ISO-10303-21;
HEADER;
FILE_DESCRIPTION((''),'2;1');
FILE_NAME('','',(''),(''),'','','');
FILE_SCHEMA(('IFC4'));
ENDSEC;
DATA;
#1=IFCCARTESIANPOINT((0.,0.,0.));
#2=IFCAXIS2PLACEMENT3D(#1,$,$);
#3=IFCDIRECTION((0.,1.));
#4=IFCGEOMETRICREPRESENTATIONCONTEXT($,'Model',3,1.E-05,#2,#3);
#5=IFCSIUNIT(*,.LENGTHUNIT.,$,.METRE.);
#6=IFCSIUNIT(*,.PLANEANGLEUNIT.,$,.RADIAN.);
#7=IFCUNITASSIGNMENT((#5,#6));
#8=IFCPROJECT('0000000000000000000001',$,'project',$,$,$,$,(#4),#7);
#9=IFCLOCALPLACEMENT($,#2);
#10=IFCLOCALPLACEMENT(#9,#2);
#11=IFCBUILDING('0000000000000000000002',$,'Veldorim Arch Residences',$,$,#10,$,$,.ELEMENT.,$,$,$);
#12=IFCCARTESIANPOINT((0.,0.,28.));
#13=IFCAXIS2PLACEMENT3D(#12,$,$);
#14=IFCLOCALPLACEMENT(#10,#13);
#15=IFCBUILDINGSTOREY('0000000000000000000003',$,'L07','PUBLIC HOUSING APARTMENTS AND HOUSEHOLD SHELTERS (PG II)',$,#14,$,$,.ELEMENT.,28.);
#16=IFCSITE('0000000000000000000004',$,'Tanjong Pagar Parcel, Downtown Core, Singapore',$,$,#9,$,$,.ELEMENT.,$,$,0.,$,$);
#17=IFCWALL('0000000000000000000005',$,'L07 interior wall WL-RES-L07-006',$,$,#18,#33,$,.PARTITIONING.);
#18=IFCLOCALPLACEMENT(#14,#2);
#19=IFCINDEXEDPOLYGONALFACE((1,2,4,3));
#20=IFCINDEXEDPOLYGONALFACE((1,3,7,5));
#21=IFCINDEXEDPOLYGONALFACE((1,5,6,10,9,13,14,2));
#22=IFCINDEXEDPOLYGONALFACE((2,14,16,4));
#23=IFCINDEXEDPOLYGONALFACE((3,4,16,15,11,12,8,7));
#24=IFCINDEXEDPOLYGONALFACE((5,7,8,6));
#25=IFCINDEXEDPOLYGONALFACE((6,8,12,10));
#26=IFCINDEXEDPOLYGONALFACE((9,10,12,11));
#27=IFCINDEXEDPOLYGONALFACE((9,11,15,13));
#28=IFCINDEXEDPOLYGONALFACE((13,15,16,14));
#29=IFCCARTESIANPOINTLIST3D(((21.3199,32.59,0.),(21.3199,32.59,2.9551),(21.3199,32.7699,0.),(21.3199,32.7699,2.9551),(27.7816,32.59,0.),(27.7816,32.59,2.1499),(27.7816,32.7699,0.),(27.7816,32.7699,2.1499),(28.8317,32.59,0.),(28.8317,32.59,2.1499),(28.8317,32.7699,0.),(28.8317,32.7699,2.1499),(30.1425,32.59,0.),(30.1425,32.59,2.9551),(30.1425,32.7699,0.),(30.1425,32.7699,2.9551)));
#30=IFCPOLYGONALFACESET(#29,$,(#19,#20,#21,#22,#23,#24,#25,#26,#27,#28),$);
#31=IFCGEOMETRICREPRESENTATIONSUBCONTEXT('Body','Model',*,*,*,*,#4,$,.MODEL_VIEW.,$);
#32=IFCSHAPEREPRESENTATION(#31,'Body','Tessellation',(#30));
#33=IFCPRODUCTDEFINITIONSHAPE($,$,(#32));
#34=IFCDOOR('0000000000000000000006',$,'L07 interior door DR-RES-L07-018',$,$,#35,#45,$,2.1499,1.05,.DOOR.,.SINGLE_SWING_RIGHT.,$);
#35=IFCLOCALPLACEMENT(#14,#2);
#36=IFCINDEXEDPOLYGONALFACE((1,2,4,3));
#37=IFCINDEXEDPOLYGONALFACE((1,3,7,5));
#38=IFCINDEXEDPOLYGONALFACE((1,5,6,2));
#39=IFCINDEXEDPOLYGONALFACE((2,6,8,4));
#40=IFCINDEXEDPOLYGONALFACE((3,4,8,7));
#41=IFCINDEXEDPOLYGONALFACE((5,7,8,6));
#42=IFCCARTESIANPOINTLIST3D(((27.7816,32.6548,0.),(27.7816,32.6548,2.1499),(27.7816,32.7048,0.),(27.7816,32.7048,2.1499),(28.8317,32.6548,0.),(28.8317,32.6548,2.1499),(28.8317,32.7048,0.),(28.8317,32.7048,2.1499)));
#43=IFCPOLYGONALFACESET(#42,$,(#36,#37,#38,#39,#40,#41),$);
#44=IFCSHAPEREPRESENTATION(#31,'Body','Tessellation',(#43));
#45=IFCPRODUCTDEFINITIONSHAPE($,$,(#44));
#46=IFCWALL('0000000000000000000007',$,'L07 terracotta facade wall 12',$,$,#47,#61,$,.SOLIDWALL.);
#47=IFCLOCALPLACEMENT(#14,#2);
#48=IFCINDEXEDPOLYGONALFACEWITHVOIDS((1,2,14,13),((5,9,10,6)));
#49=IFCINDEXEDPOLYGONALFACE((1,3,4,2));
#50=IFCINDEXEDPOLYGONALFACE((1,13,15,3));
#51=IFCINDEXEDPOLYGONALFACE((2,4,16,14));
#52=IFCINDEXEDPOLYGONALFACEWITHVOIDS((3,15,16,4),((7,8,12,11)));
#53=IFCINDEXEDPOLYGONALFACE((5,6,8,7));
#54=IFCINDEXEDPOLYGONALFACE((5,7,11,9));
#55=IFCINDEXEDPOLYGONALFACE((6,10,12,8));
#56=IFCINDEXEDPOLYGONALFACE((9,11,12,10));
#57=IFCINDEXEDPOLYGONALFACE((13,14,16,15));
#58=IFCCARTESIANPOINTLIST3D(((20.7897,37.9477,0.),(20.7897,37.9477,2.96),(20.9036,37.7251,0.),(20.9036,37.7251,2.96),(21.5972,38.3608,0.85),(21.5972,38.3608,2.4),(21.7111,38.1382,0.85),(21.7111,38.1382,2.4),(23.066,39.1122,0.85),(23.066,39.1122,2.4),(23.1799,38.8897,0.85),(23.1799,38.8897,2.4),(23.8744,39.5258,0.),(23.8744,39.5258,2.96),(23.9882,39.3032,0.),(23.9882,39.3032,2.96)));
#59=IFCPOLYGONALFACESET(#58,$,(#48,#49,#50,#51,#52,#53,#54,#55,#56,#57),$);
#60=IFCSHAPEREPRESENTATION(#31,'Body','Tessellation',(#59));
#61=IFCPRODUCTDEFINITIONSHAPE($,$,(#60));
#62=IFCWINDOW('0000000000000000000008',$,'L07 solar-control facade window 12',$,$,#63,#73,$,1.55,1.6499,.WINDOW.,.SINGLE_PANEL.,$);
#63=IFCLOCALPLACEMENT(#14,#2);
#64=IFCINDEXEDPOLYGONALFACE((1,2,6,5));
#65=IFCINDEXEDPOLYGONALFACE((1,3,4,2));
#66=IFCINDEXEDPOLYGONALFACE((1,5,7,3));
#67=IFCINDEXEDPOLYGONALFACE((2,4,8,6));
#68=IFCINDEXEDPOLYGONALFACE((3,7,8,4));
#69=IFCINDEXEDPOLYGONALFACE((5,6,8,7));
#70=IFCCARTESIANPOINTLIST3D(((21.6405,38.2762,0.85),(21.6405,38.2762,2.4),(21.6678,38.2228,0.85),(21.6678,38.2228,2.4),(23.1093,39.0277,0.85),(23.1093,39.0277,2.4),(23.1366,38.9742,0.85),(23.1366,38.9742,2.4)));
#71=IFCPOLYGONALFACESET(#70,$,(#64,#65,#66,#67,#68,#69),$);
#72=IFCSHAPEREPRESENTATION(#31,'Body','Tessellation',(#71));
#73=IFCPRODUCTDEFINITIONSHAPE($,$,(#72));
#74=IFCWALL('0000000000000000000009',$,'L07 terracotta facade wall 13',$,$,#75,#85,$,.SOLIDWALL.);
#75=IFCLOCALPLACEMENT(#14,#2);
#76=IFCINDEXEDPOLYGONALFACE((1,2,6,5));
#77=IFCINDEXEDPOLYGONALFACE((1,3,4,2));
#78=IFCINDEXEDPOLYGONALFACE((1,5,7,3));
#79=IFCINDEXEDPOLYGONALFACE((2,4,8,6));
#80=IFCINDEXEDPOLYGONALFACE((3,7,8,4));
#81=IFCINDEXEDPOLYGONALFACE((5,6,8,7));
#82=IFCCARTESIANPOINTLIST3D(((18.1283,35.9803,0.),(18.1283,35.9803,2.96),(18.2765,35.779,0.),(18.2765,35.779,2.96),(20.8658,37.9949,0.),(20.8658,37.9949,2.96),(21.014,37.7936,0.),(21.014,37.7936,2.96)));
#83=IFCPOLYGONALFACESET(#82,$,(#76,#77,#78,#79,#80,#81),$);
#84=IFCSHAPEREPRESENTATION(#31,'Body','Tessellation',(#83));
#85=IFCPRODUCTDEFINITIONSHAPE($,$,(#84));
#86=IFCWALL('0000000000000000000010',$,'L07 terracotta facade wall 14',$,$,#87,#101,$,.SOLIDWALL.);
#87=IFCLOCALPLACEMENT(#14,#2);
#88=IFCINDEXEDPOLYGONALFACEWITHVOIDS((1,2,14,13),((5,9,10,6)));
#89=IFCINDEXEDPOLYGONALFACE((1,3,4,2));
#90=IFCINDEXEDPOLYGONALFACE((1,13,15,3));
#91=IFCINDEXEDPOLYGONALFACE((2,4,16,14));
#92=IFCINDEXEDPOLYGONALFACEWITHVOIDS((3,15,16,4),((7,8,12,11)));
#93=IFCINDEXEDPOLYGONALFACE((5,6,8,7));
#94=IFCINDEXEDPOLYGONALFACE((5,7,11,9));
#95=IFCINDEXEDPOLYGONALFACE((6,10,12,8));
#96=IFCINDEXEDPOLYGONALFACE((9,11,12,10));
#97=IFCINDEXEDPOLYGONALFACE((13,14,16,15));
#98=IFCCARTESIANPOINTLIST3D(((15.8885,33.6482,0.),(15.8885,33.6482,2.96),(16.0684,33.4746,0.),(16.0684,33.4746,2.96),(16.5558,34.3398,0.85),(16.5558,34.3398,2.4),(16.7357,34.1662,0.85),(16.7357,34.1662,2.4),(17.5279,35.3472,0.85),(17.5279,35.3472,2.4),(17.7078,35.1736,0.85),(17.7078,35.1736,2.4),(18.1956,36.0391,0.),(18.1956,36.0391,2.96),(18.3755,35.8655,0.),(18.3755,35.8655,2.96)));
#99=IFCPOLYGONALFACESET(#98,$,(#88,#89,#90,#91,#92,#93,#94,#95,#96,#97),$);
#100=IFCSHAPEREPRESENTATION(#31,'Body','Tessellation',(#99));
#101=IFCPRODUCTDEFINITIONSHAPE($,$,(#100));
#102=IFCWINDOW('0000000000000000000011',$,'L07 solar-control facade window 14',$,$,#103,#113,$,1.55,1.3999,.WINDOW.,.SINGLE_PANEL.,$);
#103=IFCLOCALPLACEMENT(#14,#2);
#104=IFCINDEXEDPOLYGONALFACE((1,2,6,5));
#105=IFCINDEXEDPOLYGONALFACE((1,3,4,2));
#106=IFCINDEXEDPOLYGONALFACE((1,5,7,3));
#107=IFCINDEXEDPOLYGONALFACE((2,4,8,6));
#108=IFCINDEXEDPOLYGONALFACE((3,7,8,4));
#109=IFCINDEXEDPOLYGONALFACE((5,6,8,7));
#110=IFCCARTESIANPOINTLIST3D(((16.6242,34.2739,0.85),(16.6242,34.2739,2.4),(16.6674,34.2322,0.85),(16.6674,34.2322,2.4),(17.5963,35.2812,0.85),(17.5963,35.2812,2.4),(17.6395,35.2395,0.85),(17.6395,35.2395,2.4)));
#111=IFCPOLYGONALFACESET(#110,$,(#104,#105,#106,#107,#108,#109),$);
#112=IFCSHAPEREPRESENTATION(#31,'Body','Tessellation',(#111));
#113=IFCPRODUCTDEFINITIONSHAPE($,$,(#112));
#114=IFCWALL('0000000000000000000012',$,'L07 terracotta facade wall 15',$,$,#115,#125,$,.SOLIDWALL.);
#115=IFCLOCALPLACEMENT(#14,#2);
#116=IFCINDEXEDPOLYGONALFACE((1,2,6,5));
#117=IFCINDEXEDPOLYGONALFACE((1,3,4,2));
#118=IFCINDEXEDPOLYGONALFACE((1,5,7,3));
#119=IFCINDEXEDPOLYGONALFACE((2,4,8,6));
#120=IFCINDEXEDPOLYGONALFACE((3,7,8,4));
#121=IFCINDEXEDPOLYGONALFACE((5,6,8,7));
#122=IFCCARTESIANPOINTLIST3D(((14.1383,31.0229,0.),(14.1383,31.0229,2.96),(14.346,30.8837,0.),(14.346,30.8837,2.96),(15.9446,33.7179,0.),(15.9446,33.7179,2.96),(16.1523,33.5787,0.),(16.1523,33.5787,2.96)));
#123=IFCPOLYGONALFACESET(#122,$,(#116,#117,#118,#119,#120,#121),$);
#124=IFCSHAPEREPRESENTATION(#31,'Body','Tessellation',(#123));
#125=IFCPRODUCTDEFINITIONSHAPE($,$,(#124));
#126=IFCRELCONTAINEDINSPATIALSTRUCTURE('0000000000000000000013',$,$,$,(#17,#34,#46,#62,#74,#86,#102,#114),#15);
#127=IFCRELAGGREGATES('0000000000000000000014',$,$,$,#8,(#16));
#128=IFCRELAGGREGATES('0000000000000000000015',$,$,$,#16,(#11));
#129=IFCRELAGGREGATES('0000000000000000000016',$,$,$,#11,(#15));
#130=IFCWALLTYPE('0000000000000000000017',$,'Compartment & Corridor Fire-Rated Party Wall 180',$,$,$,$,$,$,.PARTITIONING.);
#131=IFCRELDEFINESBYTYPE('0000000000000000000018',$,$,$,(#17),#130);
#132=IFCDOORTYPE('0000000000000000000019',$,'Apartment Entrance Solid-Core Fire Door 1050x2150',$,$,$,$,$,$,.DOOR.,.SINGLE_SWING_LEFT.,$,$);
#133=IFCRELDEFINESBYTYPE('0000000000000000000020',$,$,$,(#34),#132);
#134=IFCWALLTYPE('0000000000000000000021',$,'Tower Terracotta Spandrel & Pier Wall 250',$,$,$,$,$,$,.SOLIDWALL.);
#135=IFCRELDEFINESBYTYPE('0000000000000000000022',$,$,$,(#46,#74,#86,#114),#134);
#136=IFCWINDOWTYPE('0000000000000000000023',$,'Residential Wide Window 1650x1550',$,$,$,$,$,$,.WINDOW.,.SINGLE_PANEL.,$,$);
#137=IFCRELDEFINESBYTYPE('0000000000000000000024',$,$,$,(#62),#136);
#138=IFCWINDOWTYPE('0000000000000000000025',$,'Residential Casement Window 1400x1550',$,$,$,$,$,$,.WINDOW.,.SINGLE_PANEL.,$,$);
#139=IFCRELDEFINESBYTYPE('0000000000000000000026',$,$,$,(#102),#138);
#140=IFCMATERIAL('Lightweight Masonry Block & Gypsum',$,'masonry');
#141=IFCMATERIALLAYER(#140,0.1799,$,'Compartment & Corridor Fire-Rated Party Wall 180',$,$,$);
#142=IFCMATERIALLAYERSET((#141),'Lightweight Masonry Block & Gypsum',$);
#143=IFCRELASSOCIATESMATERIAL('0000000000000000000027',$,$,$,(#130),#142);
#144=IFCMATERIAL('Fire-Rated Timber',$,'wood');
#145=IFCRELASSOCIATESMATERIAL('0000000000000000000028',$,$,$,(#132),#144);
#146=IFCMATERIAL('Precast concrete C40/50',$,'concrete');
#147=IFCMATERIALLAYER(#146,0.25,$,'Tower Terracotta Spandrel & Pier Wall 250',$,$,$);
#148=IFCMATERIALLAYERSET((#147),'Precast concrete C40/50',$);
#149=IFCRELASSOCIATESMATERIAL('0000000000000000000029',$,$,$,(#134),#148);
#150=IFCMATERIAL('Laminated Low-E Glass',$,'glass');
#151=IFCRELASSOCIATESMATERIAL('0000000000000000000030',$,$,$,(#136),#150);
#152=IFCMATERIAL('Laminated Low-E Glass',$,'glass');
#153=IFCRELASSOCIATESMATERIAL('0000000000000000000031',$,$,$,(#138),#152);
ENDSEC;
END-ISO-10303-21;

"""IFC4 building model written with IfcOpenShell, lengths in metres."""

from ifc_helpers import new_model, si_unit, direction, frame, frame_2d, origin, place, context, subcontext, project, spatial, rectangle, extrude, material, layer, layer_set, type_object, element, fill, save


model = new_model("IFC4")

# Units and contexts
model_context = context("Model", 3, precision=1e-05, world=origin(), true_north=direction((0.0, 1.0)))
body_context = subcontext(model_context, "Body", "Model", "MODEL_VIEW")
ifc_project = project(units=[si_unit("LENGTHUNIT", "METRE"), si_unit("PLANEANGLEUNIT", "RADIAN")], contexts=[model_context])

# Site, building, storey
site_placement = place(None, origin())
site = spatial("IfcSite", under=ifc_project, at=site_placement, Name="Tanjong Pagar Parcel, Downtown Core, Singapore", CompositionType="ELEMENT", RefElevation=0.0)
building_placement = place(site_placement, origin())
building = spatial("IfcBuilding", under=site, at=building_placement, Name="Veldorim Arch Residences", CompositionType="ELEMENT")
storey_placement = place(building_placement, frame((0.0, 0.0, 28.0)))
storey = spatial("IfcBuildingStorey", under=building, at=storey_placement, Name="L07", Description="PUBLIC HOUSING APARTMENTS AND HOUSEHOLD SHELTERS (PG II)", CompositionType="ELEMENT", Elevation=28.0)

# Shared definitions
ifc_material_1 = material(Name="Lightweight Masonry Block & Gypsum", Category="masonry")
ifc_layer_1 = layer(ifc_material_1, 0.1799, Name="Compartment & Corridor Fire-Rated Party Wall 180")
ifc_layer_set_1 = layer_set([ifc_layer_1], Name="Lightweight Masonry Block & Gypsum")
wall_type_1 = type_object("IfcWallType", Name="Compartment & Corridor Fire-Rated Party Wall 180", PredefinedType="PARTITIONING", material=ifc_layer_set_1)

# Wall, opening, door
wall_1_placement = place(storey_placement, frame((21.3201, 32.6799, 0.0), z_axis=(0.0, 0.0, 1.0), x_axis=(1.0, 0.0, 0.0)))
wall_1 = element("IfcWall", 1, at=wall_1_placement, inside=storey, type_object=wall_type_1, Name="L07 interior wall WL-RES-L07-006", PredefinedType="PARTITIONING", context=body_context, shape_type="SweptSolid", body=[
    extrude(rectangle(XDim=8.8225, YDim=0.1799, at=frame_2d((4.4111, 0.0))), origin(), (0.0, 0.0, 1.0), 2.9551),
])
opening_1_placement = place(wall_1_placement, frame((6.4617, 0.0, 0.0)))
opening_1 = element("IfcOpeningElement", 2, at=opening_1_placement, cuts=wall_1, PredefinedType="OPENING", context=body_context, shape_type="SweptSolid", body=[
    extrude(rectangle(XDim=1.05, YDim=2.1499, at=frame_2d((0.5249, 1.075))), frame((0.0, 0.0999, 0.0), z_axis=(0.0, -1.0, 0.0), x_axis=(1.0, 0.0, 0.0)), (0.0, 0.0, 1.0), 0.2),
])
ifc_material_2 = material(Name="Fire-Rated Timber", Category="wood")
door_type = type_object("IfcDoorType", Name="Apartment Entrance Solid-Core Fire Door 1050x2150", OperationType="SINGLE_SWING_LEFT", PredefinedType="DOOR", material=ifc_material_2)
door_placement = place(opening_1_placement, origin())
door = element("IfcDoor", 3, at=door_placement, inside=storey, type_object=door_type, Name="L07 interior door DR-RES-L07-018", OperationType="SINGLE_SWING_RIGHT", OverallHeight=2.1499, OverallWidth=1.05, PredefinedType="DOOR", context=body_context, shape_type="SweptSolid", body=[
    extrude(rectangle(XDim=1.05, YDim=2.1499, at=frame_2d((0.5249, 1.075))), frame((0.0, 0.0249, 0.0), z_axis=(0.0, -1.0, 0.0), x_axis=(1.0, 0.0, 0.0)), (0.0, 0.0, 1.0), 0.05),
])
fill(opening_1, door)

# Wall, opening, window
ifc_material_3 = material(Name="Precast concrete C40/50", Category="concrete")
ifc_layer_2 = layer(ifc_material_3, 0.25, Name="Tower Terracotta Spandrel & Pier Wall 250")
ifc_layer_set_2 = layer_set([ifc_layer_2], Name="Precast concrete C40/50")
wall_type_2 = type_object("IfcWallType", Name="Tower Terracotta Spandrel & Pier Wall 250", PredefinedType="SOLIDWALL", material=ifc_layer_set_2)
wall_2_placement = place(storey_placement, frame((20.8467, 37.8364, 0.0), z_axis=(0.0, 0.0, 1.0), x_axis=(0.89026, 0.455452, 0.0)))
wall_2 = element("IfcWall", 4, at=wall_2_placement, inside=storey, type_object=wall_type_2, Name="L07 terracotta facade wall 12", PredefinedType="SOLIDWALL", context=body_context, shape_type="SweptSolid", body=[
    extrude(rectangle(XDim=3.4648, YDim=0.25, at=frame_2d((1.7324, 0.0))), origin(), (0.0, 0.0, 1.0), 2.96),
])
opening_2_placement = place(wall_2_placement, frame((0.907, 0.0, 0.8501)))
opening_2 = element("IfcOpeningElement", 5, at=opening_2_placement, cuts=wall_2, PredefinedType="OPENING", context=body_context, shape_type="SweptSolid", body=[
    extrude(rectangle(XDim=1.6499, YDim=1.55, at=frame_2d((0.825, 0.7749))), frame((0.0, 0.135, 0.0), z_axis=(0.0, -1.0, 0.0), x_axis=(1.0, 0.0, 0.0)), (0.0, 0.0, 1.0), 0.27),
])
ifc_material_4 = material(Name="Laminated Low-E Glass", Category="glass")
window_type_1 = type_object("IfcWindowType", Name="Residential Wide Window 1650x1550", PartitioningType="SINGLE_PANEL", PredefinedType="WINDOW", material=ifc_material_4)
window_1_placement = place(opening_2_placement, origin())
window_1 = element("IfcWindow", 6, at=window_1_placement, inside=storey, type_object=window_type_1, Name="L07 solar-control facade window 12", OverallHeight=1.55, OverallWidth=1.6499, PartitioningType="SINGLE_PANEL", PredefinedType="WINDOW", context=body_context, shape_type="SweptSolid", body=[
    extrude(rectangle(XDim=1.6499, YDim=1.55, at=frame_2d((0.825, 0.7749))), frame((0.0, 0.03, 0.0), z_axis=(0.0, -1.0, 0.0), x_axis=(1.0, 0.0, 0.0)), (0.0, 0.0, 1.0), 0.0601),
])
fill(opening_2, window_1)

# Wall
wall_3_placement = place(storey_placement, frame((18.2024, 35.8796, 0.0), z_axis=(0.0, 0.0, 1.0), x_axis=(0.805406, 0.592724, 0.0)))
element("IfcWall", 7, at=wall_3_placement, inside=storey, type_object=wall_type_2, Name="L07 terracotta facade wall 13", PredefinedType="SOLIDWALL", context=body_context, shape_type="SweptSolid", body=[
    extrude(rectangle(XDim=3.3989, YDim=0.25, at=frame_2d((1.6995, 0.0))), origin(), (0.0, 0.0, 1.0), 2.96),
])

# Wall, opening, window
wall_4_placement = place(storey_placement, frame((15.9785, 33.5615, 0.0), z_axis=(0.0, 0.0, 1.0), x_axis=(0.694393, 0.719596, 0.0)))
wall_4 = element("IfcWall", 8, at=wall_4_placement, inside=storey, type_object=wall_type_2, Name="L07 terracotta facade wall 14", PredefinedType="SOLIDWALL", context=body_context, shape_type="SweptSolid", body=[
    extrude(rectangle(XDim=3.3225, YDim=0.25, at=frame_2d((1.6611, 0.0))), origin(), (0.0, 0.0, 1.0), 2.96),
])
opening_3_placement = place(wall_4_placement, frame((0.9609, 0.0, 0.8501)))
opening_3 = element("IfcOpeningElement", 9, at=opening_3_placement, cuts=wall_4, PredefinedType="OPENING", context=body_context, shape_type="SweptSolid", body=[
    extrude(rectangle(XDim=1.3999, YDim=1.55, at=frame_2d((0.7, 0.7749))), frame((0.0, 0.135, 0.0), z_axis=(0.0, -1.0, 0.0), x_axis=(1.0, 0.0, 0.0)), (0.0, 0.0, 1.0), 0.27),
])
ifc_material_5 = material(Name="Laminated Low-E Glass", Category="glass")
window_type_2 = type_object("IfcWindowType", Name="Residential Casement Window 1400x1550", PartitioningType="SINGLE_PANEL", PredefinedType="WINDOW", material=ifc_material_5)
window_2_placement = place(opening_3_placement, origin())
window_2 = element("IfcWindow", 10, at=window_2_placement, inside=storey, type_object=window_type_2, Name="L07 solar-control facade window 14", OverallHeight=1.55, OverallWidth=1.3999, PartitioningType="SINGLE_PANEL", PredefinedType="WINDOW", context=body_context, shape_type="SweptSolid", body=[
    extrude(rectangle(XDim=1.3999, YDim=1.55, at=frame_2d((0.7, 0.7749))), frame((0.0, 0.03, 0.0), z_axis=(0.0, -1.0, 0.0), x_axis=(1.0, 0.0, 0.0)), (0.0, 0.0, 1.0), 0.0601),
])
fill(opening_3, window_2)

# Wall
wall_5_placement = place(storey_placement, frame((14.2422, 30.9534, 0.0), z_axis=(0.0, 0.0, 1.0), x_axis=(0.556765, 0.83067, 0.0)))
element("IfcWall", 11, at=wall_5_placement, inside=storey, type_object=wall_type_2, Name="L07 terracotta facade wall 15", PredefinedType="SOLIDWALL", context=body_context, shape_type="SweptSolid", body=[
    extrude(rectangle(XDim=3.2444, YDim=0.25, at=frame_2d((1.6221, 0.0))), origin(), (0.0, 0.0, 1.0), 2.96),
])

save(model, "model.ifc")
